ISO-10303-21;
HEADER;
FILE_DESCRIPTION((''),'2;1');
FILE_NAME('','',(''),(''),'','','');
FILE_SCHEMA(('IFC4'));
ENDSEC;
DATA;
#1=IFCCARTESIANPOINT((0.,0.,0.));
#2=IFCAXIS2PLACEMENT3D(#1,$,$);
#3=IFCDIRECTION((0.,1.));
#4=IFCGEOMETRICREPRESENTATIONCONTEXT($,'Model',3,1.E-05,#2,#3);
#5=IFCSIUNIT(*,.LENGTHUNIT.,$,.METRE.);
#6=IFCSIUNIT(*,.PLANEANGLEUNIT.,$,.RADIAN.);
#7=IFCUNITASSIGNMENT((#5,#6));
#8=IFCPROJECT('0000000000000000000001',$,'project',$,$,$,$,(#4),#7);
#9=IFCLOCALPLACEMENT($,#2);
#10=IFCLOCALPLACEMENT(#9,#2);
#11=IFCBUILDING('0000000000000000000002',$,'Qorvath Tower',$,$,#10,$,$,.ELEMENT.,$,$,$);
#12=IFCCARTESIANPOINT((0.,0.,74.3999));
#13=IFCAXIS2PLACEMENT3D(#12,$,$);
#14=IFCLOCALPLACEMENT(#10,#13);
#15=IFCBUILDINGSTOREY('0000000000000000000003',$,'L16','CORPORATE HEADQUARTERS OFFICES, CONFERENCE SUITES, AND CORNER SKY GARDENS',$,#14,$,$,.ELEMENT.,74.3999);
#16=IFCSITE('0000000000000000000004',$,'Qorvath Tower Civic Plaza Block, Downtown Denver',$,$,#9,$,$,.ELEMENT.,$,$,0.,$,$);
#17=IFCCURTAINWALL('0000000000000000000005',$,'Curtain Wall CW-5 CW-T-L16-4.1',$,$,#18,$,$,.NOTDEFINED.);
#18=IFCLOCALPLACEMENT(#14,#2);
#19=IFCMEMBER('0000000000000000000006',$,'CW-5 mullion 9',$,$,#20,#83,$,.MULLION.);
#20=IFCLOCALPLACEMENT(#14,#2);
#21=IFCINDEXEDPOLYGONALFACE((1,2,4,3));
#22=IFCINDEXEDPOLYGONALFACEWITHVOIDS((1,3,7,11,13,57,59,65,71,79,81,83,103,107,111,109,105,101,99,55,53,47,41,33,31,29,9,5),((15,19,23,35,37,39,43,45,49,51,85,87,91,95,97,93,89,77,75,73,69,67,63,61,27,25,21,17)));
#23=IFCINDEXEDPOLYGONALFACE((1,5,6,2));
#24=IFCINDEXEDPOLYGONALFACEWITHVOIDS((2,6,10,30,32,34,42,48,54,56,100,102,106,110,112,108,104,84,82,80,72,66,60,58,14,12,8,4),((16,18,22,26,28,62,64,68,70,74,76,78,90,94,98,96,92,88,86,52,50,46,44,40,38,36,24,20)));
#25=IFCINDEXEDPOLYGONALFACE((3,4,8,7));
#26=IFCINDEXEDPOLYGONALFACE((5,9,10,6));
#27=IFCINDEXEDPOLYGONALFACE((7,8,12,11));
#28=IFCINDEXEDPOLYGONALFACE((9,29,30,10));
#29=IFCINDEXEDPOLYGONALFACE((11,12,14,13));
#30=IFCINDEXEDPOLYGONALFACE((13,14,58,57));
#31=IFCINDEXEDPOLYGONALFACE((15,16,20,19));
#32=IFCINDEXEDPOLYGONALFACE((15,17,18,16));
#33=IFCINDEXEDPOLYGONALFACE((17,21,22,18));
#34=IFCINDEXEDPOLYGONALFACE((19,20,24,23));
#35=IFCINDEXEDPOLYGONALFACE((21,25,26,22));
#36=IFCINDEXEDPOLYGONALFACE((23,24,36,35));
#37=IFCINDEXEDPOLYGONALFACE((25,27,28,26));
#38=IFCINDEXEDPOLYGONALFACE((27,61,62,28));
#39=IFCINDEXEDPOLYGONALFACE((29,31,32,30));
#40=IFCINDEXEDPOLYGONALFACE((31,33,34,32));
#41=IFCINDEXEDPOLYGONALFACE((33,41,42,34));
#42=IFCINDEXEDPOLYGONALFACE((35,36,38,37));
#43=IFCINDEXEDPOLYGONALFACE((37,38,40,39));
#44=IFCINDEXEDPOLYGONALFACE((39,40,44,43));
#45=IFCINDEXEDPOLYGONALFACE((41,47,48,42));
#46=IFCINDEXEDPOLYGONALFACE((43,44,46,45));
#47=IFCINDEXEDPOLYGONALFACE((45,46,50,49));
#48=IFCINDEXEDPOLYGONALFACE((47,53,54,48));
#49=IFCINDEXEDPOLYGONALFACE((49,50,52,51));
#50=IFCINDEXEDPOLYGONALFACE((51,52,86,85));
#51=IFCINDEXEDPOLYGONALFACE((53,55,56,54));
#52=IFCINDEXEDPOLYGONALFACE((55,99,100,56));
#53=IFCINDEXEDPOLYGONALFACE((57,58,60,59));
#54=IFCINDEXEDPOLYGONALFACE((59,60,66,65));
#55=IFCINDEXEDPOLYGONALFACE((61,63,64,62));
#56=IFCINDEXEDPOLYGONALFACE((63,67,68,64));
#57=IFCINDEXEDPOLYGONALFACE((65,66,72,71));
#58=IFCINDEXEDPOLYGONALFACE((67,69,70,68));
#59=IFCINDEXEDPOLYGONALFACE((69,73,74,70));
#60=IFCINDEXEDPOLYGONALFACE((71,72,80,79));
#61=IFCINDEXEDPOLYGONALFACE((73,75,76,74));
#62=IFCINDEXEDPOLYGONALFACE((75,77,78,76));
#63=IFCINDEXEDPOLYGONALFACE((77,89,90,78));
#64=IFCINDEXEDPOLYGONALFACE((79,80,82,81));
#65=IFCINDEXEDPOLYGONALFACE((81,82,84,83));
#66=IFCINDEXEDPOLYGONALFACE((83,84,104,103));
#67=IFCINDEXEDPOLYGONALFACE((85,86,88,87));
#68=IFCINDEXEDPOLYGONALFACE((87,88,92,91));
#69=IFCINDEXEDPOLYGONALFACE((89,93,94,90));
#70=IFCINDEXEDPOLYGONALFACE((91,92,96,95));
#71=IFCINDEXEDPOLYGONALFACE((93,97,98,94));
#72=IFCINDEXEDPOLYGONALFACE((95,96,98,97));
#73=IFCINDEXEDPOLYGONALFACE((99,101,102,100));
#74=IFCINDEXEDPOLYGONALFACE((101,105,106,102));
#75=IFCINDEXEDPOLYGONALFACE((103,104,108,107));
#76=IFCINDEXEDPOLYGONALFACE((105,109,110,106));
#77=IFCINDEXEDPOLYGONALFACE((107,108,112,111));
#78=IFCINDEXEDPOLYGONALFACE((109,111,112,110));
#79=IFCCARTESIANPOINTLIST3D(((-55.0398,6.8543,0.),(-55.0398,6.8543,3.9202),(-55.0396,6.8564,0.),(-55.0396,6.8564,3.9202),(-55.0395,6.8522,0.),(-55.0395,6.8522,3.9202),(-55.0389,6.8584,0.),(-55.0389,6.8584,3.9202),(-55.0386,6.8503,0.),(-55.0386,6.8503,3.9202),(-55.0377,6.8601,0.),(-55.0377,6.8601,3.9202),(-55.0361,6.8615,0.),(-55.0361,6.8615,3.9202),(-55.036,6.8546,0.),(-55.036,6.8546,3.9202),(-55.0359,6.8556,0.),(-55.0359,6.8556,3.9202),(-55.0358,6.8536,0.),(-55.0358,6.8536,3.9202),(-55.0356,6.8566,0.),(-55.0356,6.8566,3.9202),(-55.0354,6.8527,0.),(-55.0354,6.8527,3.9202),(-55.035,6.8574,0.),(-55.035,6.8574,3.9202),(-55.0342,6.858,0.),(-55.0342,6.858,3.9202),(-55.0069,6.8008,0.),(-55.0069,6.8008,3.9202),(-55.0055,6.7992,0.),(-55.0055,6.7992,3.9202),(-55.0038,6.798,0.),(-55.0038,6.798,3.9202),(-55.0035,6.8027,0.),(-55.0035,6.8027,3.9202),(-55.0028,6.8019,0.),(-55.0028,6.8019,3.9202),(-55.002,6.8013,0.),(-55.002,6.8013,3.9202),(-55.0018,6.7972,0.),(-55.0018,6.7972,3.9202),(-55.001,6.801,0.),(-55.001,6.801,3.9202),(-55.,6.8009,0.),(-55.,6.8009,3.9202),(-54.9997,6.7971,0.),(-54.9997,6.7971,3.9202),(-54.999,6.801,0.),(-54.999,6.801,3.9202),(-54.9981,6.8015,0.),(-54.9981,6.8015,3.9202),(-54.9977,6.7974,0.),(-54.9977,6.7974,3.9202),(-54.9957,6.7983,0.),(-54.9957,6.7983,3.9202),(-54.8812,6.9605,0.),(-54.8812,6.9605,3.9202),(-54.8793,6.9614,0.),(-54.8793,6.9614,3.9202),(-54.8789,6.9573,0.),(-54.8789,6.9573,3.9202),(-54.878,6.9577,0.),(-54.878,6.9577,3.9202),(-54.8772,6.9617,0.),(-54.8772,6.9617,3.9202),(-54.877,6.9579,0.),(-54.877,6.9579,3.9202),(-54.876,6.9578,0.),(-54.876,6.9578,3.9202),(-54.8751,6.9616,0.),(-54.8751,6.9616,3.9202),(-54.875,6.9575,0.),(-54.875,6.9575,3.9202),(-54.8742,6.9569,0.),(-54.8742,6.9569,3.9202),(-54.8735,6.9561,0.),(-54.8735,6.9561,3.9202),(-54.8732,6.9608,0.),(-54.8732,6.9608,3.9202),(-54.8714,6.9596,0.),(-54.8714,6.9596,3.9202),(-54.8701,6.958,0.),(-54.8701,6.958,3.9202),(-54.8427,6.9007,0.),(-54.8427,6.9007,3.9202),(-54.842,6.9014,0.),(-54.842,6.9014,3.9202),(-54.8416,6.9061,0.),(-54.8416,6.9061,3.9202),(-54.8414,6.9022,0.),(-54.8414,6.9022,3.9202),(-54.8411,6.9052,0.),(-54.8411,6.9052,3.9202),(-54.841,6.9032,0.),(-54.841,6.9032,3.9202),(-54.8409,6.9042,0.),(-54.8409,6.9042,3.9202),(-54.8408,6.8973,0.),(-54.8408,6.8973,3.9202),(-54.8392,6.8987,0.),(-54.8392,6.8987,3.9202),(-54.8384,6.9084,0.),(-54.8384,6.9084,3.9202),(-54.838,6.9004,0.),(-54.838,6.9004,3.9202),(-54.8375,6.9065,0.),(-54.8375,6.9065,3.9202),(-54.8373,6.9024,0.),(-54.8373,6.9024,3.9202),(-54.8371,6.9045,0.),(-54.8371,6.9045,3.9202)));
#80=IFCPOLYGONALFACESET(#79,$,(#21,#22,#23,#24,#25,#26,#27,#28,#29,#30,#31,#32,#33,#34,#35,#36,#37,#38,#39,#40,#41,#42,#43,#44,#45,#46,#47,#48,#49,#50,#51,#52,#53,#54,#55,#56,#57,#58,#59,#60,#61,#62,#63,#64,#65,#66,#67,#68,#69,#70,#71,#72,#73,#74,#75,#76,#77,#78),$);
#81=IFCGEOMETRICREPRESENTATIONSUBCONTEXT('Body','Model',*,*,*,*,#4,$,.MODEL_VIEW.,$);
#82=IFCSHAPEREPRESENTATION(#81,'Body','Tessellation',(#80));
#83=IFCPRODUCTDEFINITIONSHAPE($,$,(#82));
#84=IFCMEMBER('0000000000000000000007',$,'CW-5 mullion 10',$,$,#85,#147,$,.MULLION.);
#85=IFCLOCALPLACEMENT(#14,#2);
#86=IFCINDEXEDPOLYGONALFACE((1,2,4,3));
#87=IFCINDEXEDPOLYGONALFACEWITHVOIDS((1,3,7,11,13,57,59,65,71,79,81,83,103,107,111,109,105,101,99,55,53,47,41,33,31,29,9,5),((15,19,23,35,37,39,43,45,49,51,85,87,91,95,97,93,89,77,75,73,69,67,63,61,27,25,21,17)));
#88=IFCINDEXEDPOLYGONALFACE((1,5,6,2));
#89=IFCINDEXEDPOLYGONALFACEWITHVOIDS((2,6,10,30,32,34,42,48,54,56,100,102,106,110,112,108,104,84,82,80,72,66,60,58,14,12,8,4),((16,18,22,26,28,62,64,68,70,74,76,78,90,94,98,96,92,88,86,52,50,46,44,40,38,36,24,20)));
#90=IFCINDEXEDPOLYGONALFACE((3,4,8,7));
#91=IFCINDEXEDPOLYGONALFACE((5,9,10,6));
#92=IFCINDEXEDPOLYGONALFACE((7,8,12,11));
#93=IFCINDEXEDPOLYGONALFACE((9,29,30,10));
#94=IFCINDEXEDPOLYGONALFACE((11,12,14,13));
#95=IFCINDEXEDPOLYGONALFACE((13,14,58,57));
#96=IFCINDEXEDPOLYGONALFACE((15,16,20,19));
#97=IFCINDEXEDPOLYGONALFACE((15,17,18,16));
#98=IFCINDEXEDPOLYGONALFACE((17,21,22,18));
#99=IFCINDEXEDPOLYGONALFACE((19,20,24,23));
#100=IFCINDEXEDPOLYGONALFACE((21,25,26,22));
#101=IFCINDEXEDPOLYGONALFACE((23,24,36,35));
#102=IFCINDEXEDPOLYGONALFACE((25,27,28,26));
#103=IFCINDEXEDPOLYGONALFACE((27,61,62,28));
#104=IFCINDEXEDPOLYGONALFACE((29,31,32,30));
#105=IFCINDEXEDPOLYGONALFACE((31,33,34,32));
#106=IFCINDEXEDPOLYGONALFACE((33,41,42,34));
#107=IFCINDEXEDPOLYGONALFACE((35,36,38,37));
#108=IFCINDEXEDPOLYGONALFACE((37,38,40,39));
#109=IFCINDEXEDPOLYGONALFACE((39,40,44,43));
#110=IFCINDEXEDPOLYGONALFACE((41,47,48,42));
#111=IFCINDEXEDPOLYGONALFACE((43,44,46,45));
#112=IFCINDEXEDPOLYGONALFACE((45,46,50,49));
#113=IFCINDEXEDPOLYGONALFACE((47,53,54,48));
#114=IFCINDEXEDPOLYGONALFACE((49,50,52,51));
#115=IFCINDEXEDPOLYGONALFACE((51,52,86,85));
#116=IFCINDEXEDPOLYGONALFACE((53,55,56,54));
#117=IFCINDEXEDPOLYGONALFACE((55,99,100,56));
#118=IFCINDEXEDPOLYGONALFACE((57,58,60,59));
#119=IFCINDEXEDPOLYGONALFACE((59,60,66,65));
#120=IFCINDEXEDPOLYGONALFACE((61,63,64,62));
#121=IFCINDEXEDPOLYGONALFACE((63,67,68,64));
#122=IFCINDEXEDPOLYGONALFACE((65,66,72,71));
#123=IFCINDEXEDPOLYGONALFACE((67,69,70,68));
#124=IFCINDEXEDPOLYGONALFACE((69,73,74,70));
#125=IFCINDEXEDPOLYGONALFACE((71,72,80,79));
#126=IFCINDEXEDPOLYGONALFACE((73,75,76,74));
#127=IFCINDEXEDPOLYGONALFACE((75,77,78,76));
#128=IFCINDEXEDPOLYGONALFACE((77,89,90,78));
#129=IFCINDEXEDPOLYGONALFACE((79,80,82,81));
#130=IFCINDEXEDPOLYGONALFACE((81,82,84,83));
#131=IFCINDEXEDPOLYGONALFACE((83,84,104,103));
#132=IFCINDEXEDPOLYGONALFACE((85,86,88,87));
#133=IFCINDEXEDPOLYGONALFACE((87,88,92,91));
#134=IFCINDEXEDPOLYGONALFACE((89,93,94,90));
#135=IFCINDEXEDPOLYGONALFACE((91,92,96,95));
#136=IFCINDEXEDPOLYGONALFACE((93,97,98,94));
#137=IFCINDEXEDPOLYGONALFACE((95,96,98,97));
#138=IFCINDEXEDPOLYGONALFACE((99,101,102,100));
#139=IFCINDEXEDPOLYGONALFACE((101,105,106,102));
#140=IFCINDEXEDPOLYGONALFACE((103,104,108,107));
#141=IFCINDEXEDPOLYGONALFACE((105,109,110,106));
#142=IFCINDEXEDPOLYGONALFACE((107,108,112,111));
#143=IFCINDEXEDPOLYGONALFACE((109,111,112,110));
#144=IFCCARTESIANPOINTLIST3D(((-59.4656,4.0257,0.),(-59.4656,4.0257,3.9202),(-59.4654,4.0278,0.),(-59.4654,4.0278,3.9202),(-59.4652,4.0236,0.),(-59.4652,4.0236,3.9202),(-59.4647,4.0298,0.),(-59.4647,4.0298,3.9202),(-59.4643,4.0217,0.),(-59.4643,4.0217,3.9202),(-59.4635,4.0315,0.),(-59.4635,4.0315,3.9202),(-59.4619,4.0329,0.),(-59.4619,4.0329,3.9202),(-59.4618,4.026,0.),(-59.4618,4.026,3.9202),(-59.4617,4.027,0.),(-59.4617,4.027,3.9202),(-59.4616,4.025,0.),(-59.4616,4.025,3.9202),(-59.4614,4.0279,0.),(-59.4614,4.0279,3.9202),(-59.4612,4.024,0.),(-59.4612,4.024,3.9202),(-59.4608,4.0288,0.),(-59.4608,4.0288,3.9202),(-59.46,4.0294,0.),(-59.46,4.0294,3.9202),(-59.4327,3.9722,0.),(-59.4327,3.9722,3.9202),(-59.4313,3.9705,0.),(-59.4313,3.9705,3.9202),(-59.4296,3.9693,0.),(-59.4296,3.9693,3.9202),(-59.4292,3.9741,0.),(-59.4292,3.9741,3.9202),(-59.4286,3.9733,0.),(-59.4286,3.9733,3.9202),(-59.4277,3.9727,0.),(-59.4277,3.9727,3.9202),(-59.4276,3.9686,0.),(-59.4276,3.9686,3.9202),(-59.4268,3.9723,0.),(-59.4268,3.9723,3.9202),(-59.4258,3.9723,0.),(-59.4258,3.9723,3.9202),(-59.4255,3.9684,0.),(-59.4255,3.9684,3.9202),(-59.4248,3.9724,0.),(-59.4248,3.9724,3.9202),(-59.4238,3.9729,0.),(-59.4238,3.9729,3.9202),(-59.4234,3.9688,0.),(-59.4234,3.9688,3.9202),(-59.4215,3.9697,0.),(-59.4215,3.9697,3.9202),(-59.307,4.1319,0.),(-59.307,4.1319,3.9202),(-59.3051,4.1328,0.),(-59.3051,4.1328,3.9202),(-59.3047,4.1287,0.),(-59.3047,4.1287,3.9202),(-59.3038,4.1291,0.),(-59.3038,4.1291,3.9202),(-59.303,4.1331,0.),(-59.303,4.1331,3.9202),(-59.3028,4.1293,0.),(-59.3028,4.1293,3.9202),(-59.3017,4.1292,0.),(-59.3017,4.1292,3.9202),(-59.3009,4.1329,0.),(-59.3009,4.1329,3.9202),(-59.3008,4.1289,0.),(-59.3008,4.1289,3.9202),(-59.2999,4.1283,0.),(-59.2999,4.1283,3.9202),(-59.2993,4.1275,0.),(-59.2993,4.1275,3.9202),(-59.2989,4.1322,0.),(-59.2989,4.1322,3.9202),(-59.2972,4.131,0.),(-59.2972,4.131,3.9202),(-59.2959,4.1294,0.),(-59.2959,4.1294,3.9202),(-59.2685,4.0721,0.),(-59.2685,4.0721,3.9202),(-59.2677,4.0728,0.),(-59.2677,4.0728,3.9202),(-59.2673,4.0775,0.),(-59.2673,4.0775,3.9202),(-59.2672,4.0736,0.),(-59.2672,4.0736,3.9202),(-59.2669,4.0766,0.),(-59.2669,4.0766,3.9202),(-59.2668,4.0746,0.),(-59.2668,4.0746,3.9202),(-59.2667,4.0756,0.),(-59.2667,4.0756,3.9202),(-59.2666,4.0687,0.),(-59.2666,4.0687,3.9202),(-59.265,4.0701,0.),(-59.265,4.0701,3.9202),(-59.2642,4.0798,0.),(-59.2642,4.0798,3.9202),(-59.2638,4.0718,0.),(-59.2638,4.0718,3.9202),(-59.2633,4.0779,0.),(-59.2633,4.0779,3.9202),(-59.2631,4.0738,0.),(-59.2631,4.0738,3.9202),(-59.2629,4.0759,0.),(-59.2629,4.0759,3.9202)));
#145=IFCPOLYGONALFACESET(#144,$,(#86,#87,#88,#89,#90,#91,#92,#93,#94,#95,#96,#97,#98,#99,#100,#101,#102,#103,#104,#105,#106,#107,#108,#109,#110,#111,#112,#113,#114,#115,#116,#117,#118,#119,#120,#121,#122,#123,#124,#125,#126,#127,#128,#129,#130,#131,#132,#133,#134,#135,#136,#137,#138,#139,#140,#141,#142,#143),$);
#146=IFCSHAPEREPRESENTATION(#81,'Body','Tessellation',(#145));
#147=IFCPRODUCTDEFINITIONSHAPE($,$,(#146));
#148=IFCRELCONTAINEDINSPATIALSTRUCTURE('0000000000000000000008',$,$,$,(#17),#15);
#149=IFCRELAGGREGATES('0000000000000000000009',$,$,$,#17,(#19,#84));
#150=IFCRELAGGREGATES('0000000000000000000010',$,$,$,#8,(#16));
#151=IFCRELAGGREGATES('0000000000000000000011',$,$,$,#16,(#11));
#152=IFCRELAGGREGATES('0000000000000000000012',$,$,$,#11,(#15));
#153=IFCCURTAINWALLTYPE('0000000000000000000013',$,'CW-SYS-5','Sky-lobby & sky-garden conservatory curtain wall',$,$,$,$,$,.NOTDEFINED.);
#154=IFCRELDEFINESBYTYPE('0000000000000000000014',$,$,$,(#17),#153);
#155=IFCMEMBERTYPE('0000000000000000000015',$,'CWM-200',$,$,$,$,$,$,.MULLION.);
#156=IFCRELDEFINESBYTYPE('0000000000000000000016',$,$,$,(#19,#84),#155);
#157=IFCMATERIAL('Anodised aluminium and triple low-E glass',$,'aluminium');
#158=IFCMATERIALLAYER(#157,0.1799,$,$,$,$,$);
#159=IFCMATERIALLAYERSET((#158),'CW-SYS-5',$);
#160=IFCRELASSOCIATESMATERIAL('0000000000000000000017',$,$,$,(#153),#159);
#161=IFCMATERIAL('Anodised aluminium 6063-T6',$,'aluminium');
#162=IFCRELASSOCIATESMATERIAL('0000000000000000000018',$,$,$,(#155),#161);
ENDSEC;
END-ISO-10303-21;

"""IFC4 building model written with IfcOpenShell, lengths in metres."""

from ifc_helpers import new_model, si_unit, direction, frame, origin, origin_2d, place, context, subcontext, project, spatial, hollow_rectangle, extrude, material, layer, layer_set, material_profile, profile_set, type_object, element, aggregate, save


model = new_model("IFC4")

# Units and contexts
model_context = context("Model", 3, precision=1e-05, world=origin(), true_north=direction((0.0, 1.0)))
body_context = subcontext(model_context, "Body", "Model", "MODEL_VIEW")
ifc_project = project(units=[si_unit("LENGTHUNIT", "METRE"), si_unit("PLANEANGLEUNIT", "RADIAN")], contexts=[model_context])

# Site, building, storey
site_placement = place(None, origin())
site = spatial("IfcSite", under=ifc_project, at=site_placement, Name="Qorvath Tower Civic Plaza Block, Downtown Denver", CompositionType="ELEMENT", RefElevation=0.0)
building_placement = place(site_placement, origin())
building = spatial("IfcBuilding", under=site, at=building_placement, Name="Qorvath Tower", CompositionType="ELEMENT")
storey_placement = place(building_placement, frame((0.0, 0.0, 74.3999)))
storey = spatial("IfcBuildingStorey", under=building, at=storey_placement, Name="L16", Description="CORPORATE HEADQUARTERS OFFICES, CONFERENCE SUITES, AND CORNER SKY GARDENS", CompositionType="ELEMENT", Elevation=74.3999)

# Curtain wall, members
ifc_material_1 = material(Name="Anodised aluminium and triple low-E glass", Category="aluminium")
ifc_layer_1 = layer(ifc_material_1, 0.1799)
ifc_layer_set_1 = layer_set([ifc_layer_1], Name="CW-SYS-5")
curtain_wall_type = type_object("IfcCurtainWallType", Name="CW-SYS-5", Description="Sky-lobby & sky-garden conservatory curtain wall", PredefinedType="NOTDEFINED", material=ifc_layer_set_1)
curtain_wall_1_placement = place(storey_placement, origin())
curtain_wall_1 = element("IfcCurtainWall", 1, at=curtain_wall_1_placement, inside=storey, type_object=curtain_wall_type, Name="Curtain Wall CW-5 CW-T-L16-4.1", PredefinedType="NOTDEFINED")
ifc_material_2 = material(Name="Anodised aluminium 6063-T6", Category="aluminium")
ifc_material_profile_1 = material_profile(ifc_material_2, hollow_rectangle(XDim=0.075, YDim=0.2, WallThickness=0.0039, InnerFilletRadius=0.0039, OuterFilletRadius=0.0081, at=origin_2d()), Name="CWM 200x75")
ifc_profile_set_1 = profile_set([ifc_material_profile_1], Name="Anodised aluminium 6063-T6")
member_type_1 = type_object("IfcMemberType", Name="CWM-200", PredefinedType="MULLION", material=ifc_profile_set_1)
member_1_placement = place(storey_placement, frame((-54.9385, 6.8794, 0.0), z_axis=(0.0, 0.0, 1.0), x_axis=(0.538533, -0.842604, 0.0)))
member_1 = element("IfcMember", 2, at=member_1_placement, type_object=member_type_1, Name="CW-5 mullion 9", PredefinedType="MULLION", context=body_context, shape_type="SweptSolid", body=[
    extrude(hollow_rectangle(XDim=0.075, YDim=0.2, WallThickness=0.0039, InnerFilletRadius=0.0039, OuterFilletRadius=0.0081, at=origin_2d()), origin(), (0.0, 0.0, 1.0), 3.9202),
])
member_2_placement = place(storey_placement, frame((-59.3643, 4.0508, 0.0), z_axis=(0.0, 0.0, 1.0), x_axis=(0.538533, -0.842604, 0.0)))
member_2 = element("IfcMember", 3, at=member_2_placement, type_object=member_type_1, Name="CW-5 mullion 10", PredefinedType="MULLION", context=body_context, shape_type="SweptSolid", body=[
    extrude(hollow_rectangle(XDim=0.075, YDim=0.2, WallThickness=0.0039, InnerFilletRadius=0.0039, OuterFilletRadius=0.0081, at=origin_2d()), origin(), (0.0, 0.0, 1.0), 3.9202),
])

aggregate(curtain_wall_1, [member_1, member_2])

save(model, "model.ifc")
